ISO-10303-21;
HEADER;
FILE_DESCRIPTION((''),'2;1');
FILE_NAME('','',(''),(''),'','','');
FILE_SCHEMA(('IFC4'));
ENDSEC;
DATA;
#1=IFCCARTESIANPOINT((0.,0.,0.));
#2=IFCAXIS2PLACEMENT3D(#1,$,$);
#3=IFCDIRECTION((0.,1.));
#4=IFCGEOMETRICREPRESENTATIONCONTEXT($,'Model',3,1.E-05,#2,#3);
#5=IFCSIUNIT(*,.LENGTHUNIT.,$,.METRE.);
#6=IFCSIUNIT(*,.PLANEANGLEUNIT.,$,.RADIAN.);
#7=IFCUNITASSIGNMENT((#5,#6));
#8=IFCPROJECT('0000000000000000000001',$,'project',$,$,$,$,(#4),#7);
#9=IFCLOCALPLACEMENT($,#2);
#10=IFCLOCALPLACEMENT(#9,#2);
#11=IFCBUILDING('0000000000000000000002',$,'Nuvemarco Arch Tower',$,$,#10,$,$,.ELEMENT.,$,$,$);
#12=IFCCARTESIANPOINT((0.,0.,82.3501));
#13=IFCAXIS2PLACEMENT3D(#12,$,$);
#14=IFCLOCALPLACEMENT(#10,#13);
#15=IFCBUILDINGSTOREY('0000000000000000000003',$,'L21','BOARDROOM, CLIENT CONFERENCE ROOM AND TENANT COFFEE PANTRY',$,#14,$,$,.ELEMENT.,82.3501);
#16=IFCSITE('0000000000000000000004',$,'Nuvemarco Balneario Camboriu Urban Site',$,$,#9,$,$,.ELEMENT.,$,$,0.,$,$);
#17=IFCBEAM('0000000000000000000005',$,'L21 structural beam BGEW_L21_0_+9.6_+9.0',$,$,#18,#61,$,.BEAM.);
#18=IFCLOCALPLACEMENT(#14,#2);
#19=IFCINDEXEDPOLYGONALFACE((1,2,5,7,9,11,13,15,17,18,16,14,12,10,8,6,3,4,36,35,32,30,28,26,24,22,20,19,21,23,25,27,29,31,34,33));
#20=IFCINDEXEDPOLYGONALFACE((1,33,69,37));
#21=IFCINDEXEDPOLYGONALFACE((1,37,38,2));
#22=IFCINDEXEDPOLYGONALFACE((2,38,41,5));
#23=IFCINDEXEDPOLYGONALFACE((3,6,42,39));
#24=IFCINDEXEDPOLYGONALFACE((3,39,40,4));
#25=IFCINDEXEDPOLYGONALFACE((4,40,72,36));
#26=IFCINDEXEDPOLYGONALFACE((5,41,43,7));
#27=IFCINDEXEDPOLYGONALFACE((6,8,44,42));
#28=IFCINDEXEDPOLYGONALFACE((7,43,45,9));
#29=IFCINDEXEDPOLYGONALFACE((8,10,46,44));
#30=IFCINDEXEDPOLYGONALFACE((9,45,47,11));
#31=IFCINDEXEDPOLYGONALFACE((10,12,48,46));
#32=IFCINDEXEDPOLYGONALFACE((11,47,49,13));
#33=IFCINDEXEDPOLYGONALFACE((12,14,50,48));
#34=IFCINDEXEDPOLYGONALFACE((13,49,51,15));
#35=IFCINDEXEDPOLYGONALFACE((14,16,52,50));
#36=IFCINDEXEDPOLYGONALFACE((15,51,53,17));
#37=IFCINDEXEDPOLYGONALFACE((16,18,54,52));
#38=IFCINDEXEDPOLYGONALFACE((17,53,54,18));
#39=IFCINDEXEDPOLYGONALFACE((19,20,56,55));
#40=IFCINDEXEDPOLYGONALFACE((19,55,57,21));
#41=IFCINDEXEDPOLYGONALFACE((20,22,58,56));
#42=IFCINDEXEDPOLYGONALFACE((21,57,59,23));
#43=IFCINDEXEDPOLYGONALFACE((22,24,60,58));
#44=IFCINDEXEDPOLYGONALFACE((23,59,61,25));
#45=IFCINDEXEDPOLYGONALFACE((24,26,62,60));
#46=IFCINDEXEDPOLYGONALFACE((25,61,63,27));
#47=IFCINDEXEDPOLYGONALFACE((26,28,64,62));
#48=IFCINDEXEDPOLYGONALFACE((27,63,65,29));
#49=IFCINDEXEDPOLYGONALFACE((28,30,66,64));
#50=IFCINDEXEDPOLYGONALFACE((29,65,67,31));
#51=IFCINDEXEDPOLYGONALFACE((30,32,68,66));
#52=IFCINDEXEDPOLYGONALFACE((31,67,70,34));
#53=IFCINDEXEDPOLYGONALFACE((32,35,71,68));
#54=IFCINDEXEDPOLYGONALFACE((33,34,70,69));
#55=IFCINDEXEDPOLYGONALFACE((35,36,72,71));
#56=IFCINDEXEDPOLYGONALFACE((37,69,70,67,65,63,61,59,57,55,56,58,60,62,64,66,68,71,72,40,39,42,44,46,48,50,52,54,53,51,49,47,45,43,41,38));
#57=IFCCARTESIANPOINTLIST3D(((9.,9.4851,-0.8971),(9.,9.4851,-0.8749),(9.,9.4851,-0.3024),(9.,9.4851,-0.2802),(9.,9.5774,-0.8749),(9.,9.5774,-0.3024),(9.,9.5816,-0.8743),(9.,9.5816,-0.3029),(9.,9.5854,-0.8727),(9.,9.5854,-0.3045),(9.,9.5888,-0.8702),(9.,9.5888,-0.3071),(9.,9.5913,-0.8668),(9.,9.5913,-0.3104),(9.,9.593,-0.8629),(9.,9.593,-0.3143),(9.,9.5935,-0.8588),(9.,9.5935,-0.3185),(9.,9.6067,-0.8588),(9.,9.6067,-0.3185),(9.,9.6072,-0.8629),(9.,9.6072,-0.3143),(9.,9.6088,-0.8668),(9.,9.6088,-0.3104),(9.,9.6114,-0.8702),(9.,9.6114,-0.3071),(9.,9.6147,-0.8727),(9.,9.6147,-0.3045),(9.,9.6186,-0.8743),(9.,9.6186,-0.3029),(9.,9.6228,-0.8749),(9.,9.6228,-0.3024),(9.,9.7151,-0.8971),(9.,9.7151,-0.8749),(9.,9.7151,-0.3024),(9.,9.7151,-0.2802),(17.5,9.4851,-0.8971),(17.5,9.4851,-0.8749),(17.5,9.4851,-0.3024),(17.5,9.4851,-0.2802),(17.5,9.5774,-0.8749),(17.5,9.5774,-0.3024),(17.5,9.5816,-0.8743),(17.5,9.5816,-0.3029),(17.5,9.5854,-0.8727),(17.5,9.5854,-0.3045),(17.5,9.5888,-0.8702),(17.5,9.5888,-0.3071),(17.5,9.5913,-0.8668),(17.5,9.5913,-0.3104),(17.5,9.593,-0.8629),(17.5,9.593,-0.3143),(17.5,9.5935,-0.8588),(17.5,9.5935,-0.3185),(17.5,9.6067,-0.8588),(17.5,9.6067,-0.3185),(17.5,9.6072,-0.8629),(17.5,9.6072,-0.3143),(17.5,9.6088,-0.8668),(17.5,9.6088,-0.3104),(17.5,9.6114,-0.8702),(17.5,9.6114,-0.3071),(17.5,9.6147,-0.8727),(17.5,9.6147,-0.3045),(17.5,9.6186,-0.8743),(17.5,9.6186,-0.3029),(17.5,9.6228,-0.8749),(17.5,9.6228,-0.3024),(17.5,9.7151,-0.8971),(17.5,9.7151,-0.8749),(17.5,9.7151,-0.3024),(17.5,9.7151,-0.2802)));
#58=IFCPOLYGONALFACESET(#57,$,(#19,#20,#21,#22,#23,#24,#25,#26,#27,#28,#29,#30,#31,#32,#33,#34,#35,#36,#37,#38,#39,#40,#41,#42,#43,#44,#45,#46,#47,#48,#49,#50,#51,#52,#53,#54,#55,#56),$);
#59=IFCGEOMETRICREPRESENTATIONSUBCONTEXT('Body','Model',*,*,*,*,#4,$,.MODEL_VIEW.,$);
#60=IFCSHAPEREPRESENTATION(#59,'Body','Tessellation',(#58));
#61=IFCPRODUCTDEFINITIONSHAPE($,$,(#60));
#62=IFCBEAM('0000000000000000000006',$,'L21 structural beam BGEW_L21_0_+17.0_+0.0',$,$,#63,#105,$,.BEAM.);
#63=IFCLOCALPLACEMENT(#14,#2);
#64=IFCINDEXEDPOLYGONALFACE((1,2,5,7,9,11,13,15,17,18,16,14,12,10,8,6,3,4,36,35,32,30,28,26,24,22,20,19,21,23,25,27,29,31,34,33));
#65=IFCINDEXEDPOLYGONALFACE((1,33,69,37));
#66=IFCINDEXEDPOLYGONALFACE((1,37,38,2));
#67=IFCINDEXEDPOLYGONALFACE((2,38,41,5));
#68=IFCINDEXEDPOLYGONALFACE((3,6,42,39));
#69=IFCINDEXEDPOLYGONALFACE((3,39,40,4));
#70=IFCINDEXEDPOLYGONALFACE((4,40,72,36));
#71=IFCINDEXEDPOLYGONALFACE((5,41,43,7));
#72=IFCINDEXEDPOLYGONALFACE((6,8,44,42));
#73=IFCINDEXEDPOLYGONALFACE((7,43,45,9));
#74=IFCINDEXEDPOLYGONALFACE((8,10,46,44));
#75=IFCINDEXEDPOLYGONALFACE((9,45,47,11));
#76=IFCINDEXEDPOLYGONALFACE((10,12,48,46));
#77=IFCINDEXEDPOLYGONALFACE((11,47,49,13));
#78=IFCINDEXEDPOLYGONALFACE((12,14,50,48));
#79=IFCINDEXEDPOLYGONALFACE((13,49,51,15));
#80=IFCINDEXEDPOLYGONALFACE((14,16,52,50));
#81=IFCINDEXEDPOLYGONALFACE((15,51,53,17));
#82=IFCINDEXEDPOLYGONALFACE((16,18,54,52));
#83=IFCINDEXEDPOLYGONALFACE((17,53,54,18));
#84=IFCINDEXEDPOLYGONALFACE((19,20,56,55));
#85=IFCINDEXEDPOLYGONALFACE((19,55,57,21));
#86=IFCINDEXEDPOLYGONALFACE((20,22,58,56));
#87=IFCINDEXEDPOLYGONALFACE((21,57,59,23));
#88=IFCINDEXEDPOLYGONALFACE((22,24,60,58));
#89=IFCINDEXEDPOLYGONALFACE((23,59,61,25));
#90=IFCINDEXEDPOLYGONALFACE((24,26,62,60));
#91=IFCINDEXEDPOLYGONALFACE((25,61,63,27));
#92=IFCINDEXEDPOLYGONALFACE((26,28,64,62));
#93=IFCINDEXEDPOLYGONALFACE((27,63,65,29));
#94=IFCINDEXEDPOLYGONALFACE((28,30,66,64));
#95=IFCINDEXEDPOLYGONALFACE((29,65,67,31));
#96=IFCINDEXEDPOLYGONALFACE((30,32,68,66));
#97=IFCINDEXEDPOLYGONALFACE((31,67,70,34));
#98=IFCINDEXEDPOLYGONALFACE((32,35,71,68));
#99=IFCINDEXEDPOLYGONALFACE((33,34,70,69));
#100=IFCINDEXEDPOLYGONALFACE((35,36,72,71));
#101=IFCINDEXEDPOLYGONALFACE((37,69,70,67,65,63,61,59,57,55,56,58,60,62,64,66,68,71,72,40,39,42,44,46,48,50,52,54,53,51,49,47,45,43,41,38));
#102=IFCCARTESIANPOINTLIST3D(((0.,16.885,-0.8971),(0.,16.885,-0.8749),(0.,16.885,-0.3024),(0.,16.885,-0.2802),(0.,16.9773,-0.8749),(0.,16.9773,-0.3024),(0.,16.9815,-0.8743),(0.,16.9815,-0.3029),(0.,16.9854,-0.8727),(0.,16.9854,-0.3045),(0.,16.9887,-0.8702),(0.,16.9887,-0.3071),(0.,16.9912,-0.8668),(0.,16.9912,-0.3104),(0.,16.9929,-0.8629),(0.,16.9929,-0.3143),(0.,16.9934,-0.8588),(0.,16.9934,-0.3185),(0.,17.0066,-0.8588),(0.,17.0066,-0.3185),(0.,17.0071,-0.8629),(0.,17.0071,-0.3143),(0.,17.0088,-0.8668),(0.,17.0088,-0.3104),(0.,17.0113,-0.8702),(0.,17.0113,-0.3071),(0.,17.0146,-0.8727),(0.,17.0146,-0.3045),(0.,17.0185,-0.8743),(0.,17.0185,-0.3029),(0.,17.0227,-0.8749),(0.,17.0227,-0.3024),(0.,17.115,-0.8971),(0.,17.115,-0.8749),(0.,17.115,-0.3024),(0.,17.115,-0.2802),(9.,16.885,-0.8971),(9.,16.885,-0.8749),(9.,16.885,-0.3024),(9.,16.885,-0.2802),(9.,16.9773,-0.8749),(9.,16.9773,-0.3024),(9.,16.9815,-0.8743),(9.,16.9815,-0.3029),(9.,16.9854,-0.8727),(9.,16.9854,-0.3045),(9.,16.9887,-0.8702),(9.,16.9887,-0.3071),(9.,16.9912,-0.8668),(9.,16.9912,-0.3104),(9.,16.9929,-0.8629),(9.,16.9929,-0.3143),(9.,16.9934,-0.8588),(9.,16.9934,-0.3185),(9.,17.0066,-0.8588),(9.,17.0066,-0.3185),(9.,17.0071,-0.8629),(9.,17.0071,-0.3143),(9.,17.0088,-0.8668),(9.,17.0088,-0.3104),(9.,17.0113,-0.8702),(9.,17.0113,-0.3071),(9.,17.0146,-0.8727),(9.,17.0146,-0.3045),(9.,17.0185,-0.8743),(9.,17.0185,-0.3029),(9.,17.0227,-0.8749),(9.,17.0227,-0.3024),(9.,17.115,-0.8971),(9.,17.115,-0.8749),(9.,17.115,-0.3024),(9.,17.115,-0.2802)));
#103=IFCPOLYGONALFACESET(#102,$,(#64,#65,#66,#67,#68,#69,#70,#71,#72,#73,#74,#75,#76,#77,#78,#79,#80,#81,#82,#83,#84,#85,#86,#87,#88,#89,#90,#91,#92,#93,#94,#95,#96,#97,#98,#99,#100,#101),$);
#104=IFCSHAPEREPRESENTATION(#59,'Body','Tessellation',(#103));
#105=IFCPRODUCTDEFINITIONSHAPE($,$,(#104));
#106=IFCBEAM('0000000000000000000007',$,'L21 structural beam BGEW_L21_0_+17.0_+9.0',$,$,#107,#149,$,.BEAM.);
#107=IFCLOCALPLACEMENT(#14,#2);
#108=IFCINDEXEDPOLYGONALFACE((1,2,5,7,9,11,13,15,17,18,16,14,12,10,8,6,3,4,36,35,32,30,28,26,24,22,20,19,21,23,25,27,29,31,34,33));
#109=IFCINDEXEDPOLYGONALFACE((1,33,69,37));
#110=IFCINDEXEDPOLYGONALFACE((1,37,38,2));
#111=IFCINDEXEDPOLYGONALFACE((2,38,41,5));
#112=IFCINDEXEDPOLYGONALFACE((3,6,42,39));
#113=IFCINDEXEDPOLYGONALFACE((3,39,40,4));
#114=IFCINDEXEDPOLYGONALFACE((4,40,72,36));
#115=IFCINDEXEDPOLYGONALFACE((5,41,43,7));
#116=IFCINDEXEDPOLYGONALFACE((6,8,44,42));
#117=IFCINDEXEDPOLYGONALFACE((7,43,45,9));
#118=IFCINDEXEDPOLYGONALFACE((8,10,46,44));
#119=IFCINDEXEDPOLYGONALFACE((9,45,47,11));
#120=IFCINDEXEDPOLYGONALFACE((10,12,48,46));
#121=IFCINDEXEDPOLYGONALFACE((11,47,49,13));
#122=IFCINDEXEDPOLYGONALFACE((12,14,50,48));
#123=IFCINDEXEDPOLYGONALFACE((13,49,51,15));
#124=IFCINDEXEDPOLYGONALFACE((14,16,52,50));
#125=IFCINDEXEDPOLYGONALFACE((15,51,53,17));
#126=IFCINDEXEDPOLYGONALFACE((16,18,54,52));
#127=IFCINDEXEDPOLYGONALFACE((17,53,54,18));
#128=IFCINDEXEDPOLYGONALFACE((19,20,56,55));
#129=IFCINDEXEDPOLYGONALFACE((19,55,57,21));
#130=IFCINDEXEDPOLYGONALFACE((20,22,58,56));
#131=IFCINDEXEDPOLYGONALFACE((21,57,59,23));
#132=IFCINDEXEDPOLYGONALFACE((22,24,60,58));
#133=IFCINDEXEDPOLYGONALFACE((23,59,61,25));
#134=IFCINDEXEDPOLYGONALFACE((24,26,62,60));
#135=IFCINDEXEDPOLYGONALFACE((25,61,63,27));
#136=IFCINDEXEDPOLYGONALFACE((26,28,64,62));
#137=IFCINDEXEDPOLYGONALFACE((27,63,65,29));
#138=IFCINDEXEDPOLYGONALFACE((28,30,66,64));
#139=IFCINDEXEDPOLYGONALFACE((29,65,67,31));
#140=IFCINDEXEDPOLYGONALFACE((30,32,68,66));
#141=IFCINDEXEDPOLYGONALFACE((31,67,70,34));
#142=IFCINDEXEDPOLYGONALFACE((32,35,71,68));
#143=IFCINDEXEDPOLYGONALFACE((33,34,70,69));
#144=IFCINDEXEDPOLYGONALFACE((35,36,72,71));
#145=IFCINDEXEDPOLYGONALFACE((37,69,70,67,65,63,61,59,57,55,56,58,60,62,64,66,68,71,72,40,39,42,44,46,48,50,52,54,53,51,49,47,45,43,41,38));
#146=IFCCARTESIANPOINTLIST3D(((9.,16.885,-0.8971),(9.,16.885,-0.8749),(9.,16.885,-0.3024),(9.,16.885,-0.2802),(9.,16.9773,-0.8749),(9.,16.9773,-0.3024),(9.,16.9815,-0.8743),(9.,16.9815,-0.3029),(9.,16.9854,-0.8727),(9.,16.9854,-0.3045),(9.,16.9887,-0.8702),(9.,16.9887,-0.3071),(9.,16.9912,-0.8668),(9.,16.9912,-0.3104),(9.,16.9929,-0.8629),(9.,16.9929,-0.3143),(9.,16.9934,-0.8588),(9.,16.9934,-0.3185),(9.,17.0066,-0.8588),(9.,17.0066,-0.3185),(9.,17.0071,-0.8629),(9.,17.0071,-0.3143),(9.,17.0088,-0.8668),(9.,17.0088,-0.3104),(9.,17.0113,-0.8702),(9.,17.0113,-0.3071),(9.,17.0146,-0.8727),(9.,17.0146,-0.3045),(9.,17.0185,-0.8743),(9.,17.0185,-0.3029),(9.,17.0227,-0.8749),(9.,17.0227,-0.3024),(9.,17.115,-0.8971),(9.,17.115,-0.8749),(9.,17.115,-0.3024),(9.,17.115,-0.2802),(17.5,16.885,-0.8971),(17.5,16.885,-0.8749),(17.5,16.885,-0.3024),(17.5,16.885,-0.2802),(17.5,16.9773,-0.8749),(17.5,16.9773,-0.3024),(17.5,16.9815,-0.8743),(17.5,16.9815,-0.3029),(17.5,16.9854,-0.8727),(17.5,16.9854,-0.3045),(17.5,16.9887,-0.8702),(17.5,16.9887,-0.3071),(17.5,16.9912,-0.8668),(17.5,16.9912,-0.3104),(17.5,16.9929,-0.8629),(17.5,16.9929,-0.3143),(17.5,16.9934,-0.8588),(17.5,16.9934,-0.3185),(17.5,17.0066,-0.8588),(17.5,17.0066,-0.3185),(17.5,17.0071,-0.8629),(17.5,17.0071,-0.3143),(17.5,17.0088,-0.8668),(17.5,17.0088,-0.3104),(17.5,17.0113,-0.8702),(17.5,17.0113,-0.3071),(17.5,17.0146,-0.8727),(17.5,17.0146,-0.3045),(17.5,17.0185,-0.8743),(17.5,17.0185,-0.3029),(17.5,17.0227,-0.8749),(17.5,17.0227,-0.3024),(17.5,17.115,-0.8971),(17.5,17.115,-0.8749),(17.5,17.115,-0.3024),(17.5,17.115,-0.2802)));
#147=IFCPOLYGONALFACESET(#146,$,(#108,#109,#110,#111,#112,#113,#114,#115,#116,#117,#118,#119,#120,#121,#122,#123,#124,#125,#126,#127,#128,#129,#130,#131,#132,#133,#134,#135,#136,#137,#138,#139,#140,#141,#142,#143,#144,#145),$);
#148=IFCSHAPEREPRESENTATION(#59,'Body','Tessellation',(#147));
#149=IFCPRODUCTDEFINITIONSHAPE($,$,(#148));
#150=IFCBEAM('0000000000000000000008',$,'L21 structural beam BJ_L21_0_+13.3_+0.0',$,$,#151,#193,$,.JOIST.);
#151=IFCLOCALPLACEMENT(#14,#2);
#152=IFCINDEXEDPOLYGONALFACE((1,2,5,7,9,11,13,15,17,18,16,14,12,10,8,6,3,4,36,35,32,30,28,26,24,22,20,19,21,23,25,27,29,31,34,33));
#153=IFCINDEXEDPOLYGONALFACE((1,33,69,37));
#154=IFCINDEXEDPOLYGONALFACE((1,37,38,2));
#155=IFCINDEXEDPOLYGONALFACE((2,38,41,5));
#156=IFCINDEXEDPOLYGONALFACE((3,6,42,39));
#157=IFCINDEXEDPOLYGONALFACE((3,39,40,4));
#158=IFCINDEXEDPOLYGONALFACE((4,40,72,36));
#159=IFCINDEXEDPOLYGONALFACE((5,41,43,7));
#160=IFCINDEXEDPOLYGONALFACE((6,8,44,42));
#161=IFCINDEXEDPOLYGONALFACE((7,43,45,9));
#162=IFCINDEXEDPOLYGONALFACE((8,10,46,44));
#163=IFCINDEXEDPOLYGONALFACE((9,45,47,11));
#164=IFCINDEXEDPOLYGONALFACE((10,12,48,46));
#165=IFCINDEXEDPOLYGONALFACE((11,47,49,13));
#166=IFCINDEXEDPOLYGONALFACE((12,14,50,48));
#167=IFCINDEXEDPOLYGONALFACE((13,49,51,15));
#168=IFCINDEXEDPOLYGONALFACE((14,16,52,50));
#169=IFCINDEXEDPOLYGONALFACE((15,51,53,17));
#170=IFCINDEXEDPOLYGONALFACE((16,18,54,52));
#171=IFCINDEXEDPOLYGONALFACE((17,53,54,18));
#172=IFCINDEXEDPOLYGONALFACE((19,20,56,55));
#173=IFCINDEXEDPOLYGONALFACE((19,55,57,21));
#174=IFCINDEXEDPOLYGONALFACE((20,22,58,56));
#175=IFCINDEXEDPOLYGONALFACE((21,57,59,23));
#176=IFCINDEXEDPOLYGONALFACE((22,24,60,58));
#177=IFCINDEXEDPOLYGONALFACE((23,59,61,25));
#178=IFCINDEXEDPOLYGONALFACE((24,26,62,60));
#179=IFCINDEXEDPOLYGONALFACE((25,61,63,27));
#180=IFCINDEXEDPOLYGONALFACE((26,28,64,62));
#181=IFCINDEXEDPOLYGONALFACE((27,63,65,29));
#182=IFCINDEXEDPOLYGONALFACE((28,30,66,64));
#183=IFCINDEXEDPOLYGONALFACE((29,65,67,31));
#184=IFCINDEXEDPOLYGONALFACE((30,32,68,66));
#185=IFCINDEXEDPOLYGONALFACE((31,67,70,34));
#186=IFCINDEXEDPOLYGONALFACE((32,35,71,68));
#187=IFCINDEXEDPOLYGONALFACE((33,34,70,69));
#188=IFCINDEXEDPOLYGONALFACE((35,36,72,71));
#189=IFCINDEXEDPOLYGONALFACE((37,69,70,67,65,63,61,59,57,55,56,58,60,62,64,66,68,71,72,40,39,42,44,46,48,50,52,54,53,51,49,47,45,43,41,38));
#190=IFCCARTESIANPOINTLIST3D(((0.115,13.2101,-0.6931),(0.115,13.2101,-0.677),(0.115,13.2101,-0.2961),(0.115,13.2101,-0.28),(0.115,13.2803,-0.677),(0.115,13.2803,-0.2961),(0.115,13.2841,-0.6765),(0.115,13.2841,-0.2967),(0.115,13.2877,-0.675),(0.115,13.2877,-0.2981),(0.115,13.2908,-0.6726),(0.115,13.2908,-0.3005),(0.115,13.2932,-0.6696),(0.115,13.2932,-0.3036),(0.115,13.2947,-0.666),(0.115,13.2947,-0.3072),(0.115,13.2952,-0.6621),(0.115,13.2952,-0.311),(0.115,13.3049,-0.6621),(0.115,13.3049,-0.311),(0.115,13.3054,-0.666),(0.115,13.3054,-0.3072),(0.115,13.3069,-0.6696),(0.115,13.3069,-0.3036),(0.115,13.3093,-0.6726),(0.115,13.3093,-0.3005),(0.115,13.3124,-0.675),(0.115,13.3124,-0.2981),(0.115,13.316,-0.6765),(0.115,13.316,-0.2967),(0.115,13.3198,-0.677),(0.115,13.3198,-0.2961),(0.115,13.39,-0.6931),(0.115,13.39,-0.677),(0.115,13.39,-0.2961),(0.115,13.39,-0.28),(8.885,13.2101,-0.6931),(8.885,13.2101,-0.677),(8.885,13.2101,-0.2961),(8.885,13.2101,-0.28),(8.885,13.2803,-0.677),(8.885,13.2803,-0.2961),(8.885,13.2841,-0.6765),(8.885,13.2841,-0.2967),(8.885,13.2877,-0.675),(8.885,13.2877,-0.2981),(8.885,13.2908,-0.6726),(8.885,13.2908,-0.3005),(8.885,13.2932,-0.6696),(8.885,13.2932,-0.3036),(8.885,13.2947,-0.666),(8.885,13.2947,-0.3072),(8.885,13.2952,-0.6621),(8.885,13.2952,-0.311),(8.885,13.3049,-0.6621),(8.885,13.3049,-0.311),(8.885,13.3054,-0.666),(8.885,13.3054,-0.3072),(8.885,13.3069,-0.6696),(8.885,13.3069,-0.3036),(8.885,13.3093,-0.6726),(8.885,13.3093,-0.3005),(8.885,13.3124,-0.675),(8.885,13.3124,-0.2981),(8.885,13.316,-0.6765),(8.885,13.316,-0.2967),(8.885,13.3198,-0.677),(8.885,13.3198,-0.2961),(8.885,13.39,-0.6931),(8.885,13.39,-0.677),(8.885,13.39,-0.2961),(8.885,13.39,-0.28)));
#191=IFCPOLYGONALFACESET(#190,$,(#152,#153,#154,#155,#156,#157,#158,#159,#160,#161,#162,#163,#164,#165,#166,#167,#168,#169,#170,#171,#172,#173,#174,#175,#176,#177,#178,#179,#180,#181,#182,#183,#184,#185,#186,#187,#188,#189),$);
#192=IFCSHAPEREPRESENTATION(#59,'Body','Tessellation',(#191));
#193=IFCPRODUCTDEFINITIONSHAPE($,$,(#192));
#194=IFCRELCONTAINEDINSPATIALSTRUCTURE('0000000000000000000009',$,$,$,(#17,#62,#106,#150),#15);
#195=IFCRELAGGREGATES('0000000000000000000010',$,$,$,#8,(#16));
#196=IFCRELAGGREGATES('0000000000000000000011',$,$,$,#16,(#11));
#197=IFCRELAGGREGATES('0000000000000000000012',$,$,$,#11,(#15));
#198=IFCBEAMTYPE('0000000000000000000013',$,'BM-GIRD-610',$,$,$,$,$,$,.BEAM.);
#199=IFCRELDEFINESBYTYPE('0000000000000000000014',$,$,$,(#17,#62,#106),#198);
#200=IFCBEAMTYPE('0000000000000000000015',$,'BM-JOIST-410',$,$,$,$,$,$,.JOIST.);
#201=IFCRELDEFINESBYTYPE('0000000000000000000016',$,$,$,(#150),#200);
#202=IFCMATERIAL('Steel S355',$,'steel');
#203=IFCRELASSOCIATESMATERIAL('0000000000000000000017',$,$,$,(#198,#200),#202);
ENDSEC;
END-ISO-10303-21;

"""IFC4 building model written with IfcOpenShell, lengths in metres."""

from ifc_helpers import new_model, si_unit, direction, frame, origin, origin_2d, place, context, subcontext, project, spatial, i_section, extrude, material, material_profile, profile_set, type_object, element, save


model = new_model("IFC4")

# Units and contexts
model_context = context("Model", 3, precision=1e-05, world=origin(), true_north=direction((0.0, 1.0)))
body_context = subcontext(model_context, "Body", "Model", "MODEL_VIEW")
ifc_project = project(units=[si_unit("LENGTHUNIT", "METRE"), si_unit("PLANEANGLEUNIT", "RADIAN")], contexts=[model_context])

# Site, building, storey
site_placement = place(None, origin())
site = spatial("IfcSite", under=ifc_project, at=site_placement, Name="Nuvemarco Balneario Camboriu Urban Site", CompositionType="ELEMENT", RefElevation=0.0)
building_placement = place(site_placement, origin())
building = spatial("IfcBuilding", under=site, at=building_placement, Name="Nuvemarco Arch Tower", CompositionType="ELEMENT")
storey_placement = place(building_placement, frame((0.0, 0.0, 82.3501)))
storey = spatial("IfcBuildingStorey", under=building, at=storey_placement, Name="L21", Description="BOARDROOM, CLIENT CONFERENCE ROOM AND TENANT COFFEE PANTRY", CompositionType="ELEMENT", Elevation=82.3501)

# Shared definitions
ifc_material_1 = material(Name="Steel S355", Category="steel")

# Beams
ifc_material_profile_1 = material_profile(ifc_material_1, i_section(OverallWidth=0.23, OverallDepth=0.6169, WebThickness=0.0132, FlangeThickness=0.0222, FilletRadius=0.0161, at=origin_2d()), Name="W610x140")
ifc_profile_set_1 = profile_set([ifc_material_profile_1], Name="Steel S355")
beam_type_1 = type_object("IfcBeamType", Name="BM-GIRD-610", PredefinedType="BEAM", material=ifc_profile_set_1)
beam_1_placement = place(storey_placement, frame((9.0, 9.6001, -0.5886), z_axis=(1.0, 0.0, 0.0), x_axis=(0.0, 1.0, 0.0)))
element("IfcBeam", 1, at=beam_1_placement, inside=storey, type_object=beam_type_1, Name="L21 structural beam BGEW_L21_0_+9.6_+9.0", PredefinedType="BEAM", context=body_context, shape_type="SweptSolid", body=[
    extrude(i_section(OverallWidth=0.23, OverallDepth=0.6169, WebThickness=0.0132, FlangeThickness=0.0222, FilletRadius=0.0161, at=origin_2d()), origin(), (0.0, 0.0, 1.0), 8.5),
])
beam_2_placement = place(storey_placement, frame((0.0, 17.0, -0.5886), z_axis=(1.0, 0.0, 0.0), x_axis=(0.0, 1.0, 0.0)))
element("IfcBeam", 2, at=beam_2_placement, inside=storey, type_object=beam_type_1, Name="L21 structural beam BGEW_L21_0_+17.0_+0.0", PredefinedType="BEAM", context=body_context, shape_type="SweptSolid", body=[
    extrude(i_section(OverallWidth=0.23, OverallDepth=0.6169, WebThickness=0.0132, FlangeThickness=0.0222, FilletRadius=0.0161, at=origin_2d()), origin(), (0.0, 0.0, 1.0), 9.0),
])
beam_3_placement = place(storey_placement, frame((9.0, 17.0, -0.5886), z_axis=(1.0, 0.0, 0.0), x_axis=(0.0, 1.0, 0.0)))
element("IfcBeam", 3, at=beam_3_placement, inside=storey, type_object=beam_type_1, Name="L21 structural beam BGEW_L21_0_+17.0_+9.0", PredefinedType="BEAM", context=body_context, shape_type="SweptSolid", body=[
    extrude(i_section(OverallWidth=0.23, OverallDepth=0.6169, WebThickness=0.0132, FlangeThickness=0.0222, FilletRadius=0.0161, at=origin_2d()), origin(), (0.0, 0.0, 1.0), 8.5),
])
ifc_material_profile_2 = material_profile(ifc_material_1, i_section(OverallWidth=0.1799, OverallDepth=0.4131, WebThickness=0.0098, FlangeThickness=0.0161, FilletRadius=0.0149, at=origin_2d()), Name="W410x75")
ifc_profile_set_2 = profile_set([ifc_material_profile_2], Name="Steel S355")
beam_type_2 = type_object("IfcBeamType", Name="BM-JOIST-410", PredefinedType="JOIST", material=ifc_profile_set_2)
beam_4_placement = place(storey_placement, frame((0.115, 13.3, -0.4866), z_axis=(1.0, 0.0, 0.0), x_axis=(0.0, 1.0, 0.0)))
element("IfcBeam", 4, at=beam_4_placement, inside=storey, type_object=beam_type_2, Name="L21 structural beam BJ_L21_0_+13.3_+0.0", PredefinedType="JOIST", context=body_context, shape_type="SweptSolid", body=[
    extrude(i_section(OverallWidth=0.1799, OverallDepth=0.4131, WebThickness=0.0098, FlangeThickness=0.0161, FilletRadius=0.0149, at=origin_2d()), origin(), (0.0, 0.0, 1.0), 8.77),
])

save(model, "model.ifc")
